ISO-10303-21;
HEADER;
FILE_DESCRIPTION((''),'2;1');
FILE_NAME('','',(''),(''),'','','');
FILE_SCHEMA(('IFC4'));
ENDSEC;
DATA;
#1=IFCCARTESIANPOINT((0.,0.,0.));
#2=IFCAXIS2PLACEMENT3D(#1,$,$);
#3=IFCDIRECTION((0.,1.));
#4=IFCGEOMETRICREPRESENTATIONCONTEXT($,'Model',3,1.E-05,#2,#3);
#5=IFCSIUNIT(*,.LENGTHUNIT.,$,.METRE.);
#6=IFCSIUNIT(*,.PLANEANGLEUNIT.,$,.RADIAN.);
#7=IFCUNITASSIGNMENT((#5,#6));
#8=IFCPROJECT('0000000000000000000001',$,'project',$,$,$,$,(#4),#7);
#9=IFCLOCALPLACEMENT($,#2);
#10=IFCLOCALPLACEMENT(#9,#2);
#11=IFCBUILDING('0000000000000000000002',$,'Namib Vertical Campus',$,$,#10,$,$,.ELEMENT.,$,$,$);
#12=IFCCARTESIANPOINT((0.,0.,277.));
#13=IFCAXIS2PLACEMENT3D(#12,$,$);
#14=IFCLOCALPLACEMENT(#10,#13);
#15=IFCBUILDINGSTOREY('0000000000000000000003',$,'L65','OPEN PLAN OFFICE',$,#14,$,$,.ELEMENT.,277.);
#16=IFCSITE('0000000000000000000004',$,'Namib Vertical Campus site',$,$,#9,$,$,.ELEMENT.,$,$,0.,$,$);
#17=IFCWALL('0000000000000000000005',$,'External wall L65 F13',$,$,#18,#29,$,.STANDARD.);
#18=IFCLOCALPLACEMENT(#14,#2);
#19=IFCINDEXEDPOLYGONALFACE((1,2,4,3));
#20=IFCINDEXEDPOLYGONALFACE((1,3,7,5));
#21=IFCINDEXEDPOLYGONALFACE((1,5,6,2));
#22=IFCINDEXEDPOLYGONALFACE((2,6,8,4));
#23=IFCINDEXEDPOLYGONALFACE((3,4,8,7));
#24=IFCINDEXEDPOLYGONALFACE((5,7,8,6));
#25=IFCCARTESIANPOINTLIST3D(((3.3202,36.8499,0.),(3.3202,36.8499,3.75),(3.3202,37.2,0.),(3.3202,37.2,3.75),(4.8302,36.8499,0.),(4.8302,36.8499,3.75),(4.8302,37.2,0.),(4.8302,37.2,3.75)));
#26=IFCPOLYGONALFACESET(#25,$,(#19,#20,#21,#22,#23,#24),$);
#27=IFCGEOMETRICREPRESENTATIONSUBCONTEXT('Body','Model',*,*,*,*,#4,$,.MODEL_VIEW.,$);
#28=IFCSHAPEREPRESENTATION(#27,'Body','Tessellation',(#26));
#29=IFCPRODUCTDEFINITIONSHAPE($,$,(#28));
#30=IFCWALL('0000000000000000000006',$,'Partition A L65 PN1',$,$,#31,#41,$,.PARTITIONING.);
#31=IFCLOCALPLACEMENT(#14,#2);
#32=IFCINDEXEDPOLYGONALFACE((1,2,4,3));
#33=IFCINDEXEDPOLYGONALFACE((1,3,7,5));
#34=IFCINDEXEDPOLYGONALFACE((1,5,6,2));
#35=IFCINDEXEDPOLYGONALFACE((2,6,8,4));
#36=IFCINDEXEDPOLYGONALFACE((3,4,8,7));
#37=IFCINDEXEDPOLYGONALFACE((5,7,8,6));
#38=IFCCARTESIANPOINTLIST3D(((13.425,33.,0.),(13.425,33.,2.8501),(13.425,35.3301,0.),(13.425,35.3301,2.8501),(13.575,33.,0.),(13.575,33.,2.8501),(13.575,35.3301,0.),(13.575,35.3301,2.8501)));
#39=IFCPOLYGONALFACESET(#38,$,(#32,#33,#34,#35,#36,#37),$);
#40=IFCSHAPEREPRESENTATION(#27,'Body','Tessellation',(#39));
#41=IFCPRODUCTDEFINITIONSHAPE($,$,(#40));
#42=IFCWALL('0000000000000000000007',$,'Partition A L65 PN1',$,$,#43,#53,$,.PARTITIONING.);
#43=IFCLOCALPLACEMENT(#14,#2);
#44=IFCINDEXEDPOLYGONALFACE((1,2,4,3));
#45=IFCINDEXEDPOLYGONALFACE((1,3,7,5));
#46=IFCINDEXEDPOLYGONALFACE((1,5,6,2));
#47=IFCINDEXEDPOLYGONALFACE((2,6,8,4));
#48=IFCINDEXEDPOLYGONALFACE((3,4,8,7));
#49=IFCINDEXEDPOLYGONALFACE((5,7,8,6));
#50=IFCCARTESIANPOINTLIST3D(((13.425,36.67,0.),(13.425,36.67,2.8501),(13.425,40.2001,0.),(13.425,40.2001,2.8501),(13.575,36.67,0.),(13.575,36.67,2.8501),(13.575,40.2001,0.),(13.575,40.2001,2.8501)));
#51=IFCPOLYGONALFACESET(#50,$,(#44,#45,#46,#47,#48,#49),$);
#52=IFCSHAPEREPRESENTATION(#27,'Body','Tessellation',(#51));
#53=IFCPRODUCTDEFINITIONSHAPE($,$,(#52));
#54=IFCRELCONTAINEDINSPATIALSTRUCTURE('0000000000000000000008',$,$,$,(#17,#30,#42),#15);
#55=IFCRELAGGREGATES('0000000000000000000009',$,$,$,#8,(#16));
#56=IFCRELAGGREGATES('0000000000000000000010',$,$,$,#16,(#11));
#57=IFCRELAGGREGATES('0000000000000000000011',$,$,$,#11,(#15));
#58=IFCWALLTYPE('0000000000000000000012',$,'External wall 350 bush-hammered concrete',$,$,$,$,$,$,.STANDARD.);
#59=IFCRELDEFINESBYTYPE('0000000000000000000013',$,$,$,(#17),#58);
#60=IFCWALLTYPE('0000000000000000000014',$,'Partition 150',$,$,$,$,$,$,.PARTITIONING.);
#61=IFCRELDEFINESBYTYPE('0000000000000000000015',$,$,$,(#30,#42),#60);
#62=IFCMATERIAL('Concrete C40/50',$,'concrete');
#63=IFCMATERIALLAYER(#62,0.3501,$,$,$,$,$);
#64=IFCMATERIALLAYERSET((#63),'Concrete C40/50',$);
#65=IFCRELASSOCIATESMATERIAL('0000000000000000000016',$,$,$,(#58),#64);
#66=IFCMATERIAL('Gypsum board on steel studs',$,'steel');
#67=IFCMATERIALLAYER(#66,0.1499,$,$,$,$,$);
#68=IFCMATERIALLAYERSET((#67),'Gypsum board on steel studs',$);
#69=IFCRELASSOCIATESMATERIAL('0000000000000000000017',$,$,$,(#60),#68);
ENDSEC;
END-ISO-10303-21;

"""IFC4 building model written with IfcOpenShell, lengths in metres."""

from ifc_helpers import new_model, si_unit, direction, frame, frame_2d, origin, place, context, subcontext, project, spatial, rectangle, extrude, material, layer, layer_set, type_object, element, save


model = new_model("IFC4")

# Units and contexts
model_context = context("Model", 3, precision=1e-05, world=origin(), true_north=direction((0.0, 1.0)))
body_context = subcontext(model_context, "Body", "Model", "MODEL_VIEW")
ifc_project = project(units=[si_unit("LENGTHUNIT", "METRE"), si_unit("PLANEANGLEUNIT", "RADIAN")], contexts=[model_context])

# Site, building, storey
site_placement = place(None, origin())
site = spatial("IfcSite", under=ifc_project, at=site_placement, Name="Namib Vertical Campus site", CompositionType="ELEMENT", RefElevation=0.0)
building_placement = place(site_placement, origin())
building = spatial("IfcBuilding", under=site, at=building_placement, Name="Namib Vertical Campus", CompositionType="ELEMENT")
storey_placement = place(building_placement, frame((0.0, 0.0, 277.0)))
storey = spatial("IfcBuildingStorey", under=building, at=storey_placement, Name="L65", Description="OPEN PLAN OFFICE", CompositionType="ELEMENT", Elevation=277.0)

# Walls
ifc_material_1 = material(Name="Concrete C40/50", Category="concrete")
ifc_layer_1 = layer(ifc_material_1, 0.3501)
ifc_layer_set_1 = layer_set([ifc_layer_1], Name="Concrete C40/50")
wall_type_1 = type_object("IfcWallType", Name="External wall 350 bush-hammered concrete", PredefinedType="STANDARD", material=ifc_layer_set_1)
wall_1_placement = place(storey_placement, frame((4.8301, 37.0249, 0.0), z_axis=(0.0, 0.0, 1.0), x_axis=(-1.0, 0.0, 0.0)))
element("IfcWall", 1, at=wall_1_placement, inside=storey, type_object=wall_type_1, Name="External wall L65 F13", PredefinedType="STANDARD", context=body_context, shape_type="SweptSolid", body=[
    extrude(rectangle(XDim=1.51, YDim=0.3501, at=frame_2d((0.7549, 0.0))), origin(), (0.0, 0.0, 1.0), 3.75),
])
ifc_material_2 = material(Name="Gypsum board on steel studs", Category="steel")
ifc_layer_2 = layer(ifc_material_2, 0.1499)
ifc_layer_set_2 = layer_set([ifc_layer_2], Name="Gypsum board on steel studs")
wall_type_2 = type_object("IfcWallType", Name="Partition 150", PredefinedType="PARTITIONING", material=ifc_layer_set_2)
wall_2_placement = place(storey_placement, frame((13.5, 33.0, 0.0), z_axis=(0.0, 0.0, 1.0), x_axis=(0.0, 1.0, 0.0)))
element("IfcWall", 2, at=wall_2_placement, inside=storey, type_object=wall_type_2, Name="Partition A L65 PN1", PredefinedType="PARTITIONING", context=body_context, shape_type="SweptSolid", body=[
    extrude(rectangle(XDim=2.3301, YDim=0.1499, at=frame_2d((1.165, 0.0))), origin(), (0.0, 0.0, 1.0), 2.8501),
])
wall_3_placement = place(storey_placement, frame((13.5, 36.6699, 0.0), z_axis=(0.0, 0.0, 1.0), x_axis=(0.0, 1.0, 0.0)))
element("IfcWall", 3, at=wall_3_placement, inside=storey, type_object=wall_type_2, Name="Partition A L65 PN1", PredefinedType="PARTITIONING", context=body_context, shape_type="SweptSolid", body=[
    extrude(rectangle(XDim=3.53, YDim=0.1499, at=frame_2d((1.7651, 0.0))), origin(), (0.0, 0.0, 1.0), 2.8501),
])

save(model, "model.ifc")
